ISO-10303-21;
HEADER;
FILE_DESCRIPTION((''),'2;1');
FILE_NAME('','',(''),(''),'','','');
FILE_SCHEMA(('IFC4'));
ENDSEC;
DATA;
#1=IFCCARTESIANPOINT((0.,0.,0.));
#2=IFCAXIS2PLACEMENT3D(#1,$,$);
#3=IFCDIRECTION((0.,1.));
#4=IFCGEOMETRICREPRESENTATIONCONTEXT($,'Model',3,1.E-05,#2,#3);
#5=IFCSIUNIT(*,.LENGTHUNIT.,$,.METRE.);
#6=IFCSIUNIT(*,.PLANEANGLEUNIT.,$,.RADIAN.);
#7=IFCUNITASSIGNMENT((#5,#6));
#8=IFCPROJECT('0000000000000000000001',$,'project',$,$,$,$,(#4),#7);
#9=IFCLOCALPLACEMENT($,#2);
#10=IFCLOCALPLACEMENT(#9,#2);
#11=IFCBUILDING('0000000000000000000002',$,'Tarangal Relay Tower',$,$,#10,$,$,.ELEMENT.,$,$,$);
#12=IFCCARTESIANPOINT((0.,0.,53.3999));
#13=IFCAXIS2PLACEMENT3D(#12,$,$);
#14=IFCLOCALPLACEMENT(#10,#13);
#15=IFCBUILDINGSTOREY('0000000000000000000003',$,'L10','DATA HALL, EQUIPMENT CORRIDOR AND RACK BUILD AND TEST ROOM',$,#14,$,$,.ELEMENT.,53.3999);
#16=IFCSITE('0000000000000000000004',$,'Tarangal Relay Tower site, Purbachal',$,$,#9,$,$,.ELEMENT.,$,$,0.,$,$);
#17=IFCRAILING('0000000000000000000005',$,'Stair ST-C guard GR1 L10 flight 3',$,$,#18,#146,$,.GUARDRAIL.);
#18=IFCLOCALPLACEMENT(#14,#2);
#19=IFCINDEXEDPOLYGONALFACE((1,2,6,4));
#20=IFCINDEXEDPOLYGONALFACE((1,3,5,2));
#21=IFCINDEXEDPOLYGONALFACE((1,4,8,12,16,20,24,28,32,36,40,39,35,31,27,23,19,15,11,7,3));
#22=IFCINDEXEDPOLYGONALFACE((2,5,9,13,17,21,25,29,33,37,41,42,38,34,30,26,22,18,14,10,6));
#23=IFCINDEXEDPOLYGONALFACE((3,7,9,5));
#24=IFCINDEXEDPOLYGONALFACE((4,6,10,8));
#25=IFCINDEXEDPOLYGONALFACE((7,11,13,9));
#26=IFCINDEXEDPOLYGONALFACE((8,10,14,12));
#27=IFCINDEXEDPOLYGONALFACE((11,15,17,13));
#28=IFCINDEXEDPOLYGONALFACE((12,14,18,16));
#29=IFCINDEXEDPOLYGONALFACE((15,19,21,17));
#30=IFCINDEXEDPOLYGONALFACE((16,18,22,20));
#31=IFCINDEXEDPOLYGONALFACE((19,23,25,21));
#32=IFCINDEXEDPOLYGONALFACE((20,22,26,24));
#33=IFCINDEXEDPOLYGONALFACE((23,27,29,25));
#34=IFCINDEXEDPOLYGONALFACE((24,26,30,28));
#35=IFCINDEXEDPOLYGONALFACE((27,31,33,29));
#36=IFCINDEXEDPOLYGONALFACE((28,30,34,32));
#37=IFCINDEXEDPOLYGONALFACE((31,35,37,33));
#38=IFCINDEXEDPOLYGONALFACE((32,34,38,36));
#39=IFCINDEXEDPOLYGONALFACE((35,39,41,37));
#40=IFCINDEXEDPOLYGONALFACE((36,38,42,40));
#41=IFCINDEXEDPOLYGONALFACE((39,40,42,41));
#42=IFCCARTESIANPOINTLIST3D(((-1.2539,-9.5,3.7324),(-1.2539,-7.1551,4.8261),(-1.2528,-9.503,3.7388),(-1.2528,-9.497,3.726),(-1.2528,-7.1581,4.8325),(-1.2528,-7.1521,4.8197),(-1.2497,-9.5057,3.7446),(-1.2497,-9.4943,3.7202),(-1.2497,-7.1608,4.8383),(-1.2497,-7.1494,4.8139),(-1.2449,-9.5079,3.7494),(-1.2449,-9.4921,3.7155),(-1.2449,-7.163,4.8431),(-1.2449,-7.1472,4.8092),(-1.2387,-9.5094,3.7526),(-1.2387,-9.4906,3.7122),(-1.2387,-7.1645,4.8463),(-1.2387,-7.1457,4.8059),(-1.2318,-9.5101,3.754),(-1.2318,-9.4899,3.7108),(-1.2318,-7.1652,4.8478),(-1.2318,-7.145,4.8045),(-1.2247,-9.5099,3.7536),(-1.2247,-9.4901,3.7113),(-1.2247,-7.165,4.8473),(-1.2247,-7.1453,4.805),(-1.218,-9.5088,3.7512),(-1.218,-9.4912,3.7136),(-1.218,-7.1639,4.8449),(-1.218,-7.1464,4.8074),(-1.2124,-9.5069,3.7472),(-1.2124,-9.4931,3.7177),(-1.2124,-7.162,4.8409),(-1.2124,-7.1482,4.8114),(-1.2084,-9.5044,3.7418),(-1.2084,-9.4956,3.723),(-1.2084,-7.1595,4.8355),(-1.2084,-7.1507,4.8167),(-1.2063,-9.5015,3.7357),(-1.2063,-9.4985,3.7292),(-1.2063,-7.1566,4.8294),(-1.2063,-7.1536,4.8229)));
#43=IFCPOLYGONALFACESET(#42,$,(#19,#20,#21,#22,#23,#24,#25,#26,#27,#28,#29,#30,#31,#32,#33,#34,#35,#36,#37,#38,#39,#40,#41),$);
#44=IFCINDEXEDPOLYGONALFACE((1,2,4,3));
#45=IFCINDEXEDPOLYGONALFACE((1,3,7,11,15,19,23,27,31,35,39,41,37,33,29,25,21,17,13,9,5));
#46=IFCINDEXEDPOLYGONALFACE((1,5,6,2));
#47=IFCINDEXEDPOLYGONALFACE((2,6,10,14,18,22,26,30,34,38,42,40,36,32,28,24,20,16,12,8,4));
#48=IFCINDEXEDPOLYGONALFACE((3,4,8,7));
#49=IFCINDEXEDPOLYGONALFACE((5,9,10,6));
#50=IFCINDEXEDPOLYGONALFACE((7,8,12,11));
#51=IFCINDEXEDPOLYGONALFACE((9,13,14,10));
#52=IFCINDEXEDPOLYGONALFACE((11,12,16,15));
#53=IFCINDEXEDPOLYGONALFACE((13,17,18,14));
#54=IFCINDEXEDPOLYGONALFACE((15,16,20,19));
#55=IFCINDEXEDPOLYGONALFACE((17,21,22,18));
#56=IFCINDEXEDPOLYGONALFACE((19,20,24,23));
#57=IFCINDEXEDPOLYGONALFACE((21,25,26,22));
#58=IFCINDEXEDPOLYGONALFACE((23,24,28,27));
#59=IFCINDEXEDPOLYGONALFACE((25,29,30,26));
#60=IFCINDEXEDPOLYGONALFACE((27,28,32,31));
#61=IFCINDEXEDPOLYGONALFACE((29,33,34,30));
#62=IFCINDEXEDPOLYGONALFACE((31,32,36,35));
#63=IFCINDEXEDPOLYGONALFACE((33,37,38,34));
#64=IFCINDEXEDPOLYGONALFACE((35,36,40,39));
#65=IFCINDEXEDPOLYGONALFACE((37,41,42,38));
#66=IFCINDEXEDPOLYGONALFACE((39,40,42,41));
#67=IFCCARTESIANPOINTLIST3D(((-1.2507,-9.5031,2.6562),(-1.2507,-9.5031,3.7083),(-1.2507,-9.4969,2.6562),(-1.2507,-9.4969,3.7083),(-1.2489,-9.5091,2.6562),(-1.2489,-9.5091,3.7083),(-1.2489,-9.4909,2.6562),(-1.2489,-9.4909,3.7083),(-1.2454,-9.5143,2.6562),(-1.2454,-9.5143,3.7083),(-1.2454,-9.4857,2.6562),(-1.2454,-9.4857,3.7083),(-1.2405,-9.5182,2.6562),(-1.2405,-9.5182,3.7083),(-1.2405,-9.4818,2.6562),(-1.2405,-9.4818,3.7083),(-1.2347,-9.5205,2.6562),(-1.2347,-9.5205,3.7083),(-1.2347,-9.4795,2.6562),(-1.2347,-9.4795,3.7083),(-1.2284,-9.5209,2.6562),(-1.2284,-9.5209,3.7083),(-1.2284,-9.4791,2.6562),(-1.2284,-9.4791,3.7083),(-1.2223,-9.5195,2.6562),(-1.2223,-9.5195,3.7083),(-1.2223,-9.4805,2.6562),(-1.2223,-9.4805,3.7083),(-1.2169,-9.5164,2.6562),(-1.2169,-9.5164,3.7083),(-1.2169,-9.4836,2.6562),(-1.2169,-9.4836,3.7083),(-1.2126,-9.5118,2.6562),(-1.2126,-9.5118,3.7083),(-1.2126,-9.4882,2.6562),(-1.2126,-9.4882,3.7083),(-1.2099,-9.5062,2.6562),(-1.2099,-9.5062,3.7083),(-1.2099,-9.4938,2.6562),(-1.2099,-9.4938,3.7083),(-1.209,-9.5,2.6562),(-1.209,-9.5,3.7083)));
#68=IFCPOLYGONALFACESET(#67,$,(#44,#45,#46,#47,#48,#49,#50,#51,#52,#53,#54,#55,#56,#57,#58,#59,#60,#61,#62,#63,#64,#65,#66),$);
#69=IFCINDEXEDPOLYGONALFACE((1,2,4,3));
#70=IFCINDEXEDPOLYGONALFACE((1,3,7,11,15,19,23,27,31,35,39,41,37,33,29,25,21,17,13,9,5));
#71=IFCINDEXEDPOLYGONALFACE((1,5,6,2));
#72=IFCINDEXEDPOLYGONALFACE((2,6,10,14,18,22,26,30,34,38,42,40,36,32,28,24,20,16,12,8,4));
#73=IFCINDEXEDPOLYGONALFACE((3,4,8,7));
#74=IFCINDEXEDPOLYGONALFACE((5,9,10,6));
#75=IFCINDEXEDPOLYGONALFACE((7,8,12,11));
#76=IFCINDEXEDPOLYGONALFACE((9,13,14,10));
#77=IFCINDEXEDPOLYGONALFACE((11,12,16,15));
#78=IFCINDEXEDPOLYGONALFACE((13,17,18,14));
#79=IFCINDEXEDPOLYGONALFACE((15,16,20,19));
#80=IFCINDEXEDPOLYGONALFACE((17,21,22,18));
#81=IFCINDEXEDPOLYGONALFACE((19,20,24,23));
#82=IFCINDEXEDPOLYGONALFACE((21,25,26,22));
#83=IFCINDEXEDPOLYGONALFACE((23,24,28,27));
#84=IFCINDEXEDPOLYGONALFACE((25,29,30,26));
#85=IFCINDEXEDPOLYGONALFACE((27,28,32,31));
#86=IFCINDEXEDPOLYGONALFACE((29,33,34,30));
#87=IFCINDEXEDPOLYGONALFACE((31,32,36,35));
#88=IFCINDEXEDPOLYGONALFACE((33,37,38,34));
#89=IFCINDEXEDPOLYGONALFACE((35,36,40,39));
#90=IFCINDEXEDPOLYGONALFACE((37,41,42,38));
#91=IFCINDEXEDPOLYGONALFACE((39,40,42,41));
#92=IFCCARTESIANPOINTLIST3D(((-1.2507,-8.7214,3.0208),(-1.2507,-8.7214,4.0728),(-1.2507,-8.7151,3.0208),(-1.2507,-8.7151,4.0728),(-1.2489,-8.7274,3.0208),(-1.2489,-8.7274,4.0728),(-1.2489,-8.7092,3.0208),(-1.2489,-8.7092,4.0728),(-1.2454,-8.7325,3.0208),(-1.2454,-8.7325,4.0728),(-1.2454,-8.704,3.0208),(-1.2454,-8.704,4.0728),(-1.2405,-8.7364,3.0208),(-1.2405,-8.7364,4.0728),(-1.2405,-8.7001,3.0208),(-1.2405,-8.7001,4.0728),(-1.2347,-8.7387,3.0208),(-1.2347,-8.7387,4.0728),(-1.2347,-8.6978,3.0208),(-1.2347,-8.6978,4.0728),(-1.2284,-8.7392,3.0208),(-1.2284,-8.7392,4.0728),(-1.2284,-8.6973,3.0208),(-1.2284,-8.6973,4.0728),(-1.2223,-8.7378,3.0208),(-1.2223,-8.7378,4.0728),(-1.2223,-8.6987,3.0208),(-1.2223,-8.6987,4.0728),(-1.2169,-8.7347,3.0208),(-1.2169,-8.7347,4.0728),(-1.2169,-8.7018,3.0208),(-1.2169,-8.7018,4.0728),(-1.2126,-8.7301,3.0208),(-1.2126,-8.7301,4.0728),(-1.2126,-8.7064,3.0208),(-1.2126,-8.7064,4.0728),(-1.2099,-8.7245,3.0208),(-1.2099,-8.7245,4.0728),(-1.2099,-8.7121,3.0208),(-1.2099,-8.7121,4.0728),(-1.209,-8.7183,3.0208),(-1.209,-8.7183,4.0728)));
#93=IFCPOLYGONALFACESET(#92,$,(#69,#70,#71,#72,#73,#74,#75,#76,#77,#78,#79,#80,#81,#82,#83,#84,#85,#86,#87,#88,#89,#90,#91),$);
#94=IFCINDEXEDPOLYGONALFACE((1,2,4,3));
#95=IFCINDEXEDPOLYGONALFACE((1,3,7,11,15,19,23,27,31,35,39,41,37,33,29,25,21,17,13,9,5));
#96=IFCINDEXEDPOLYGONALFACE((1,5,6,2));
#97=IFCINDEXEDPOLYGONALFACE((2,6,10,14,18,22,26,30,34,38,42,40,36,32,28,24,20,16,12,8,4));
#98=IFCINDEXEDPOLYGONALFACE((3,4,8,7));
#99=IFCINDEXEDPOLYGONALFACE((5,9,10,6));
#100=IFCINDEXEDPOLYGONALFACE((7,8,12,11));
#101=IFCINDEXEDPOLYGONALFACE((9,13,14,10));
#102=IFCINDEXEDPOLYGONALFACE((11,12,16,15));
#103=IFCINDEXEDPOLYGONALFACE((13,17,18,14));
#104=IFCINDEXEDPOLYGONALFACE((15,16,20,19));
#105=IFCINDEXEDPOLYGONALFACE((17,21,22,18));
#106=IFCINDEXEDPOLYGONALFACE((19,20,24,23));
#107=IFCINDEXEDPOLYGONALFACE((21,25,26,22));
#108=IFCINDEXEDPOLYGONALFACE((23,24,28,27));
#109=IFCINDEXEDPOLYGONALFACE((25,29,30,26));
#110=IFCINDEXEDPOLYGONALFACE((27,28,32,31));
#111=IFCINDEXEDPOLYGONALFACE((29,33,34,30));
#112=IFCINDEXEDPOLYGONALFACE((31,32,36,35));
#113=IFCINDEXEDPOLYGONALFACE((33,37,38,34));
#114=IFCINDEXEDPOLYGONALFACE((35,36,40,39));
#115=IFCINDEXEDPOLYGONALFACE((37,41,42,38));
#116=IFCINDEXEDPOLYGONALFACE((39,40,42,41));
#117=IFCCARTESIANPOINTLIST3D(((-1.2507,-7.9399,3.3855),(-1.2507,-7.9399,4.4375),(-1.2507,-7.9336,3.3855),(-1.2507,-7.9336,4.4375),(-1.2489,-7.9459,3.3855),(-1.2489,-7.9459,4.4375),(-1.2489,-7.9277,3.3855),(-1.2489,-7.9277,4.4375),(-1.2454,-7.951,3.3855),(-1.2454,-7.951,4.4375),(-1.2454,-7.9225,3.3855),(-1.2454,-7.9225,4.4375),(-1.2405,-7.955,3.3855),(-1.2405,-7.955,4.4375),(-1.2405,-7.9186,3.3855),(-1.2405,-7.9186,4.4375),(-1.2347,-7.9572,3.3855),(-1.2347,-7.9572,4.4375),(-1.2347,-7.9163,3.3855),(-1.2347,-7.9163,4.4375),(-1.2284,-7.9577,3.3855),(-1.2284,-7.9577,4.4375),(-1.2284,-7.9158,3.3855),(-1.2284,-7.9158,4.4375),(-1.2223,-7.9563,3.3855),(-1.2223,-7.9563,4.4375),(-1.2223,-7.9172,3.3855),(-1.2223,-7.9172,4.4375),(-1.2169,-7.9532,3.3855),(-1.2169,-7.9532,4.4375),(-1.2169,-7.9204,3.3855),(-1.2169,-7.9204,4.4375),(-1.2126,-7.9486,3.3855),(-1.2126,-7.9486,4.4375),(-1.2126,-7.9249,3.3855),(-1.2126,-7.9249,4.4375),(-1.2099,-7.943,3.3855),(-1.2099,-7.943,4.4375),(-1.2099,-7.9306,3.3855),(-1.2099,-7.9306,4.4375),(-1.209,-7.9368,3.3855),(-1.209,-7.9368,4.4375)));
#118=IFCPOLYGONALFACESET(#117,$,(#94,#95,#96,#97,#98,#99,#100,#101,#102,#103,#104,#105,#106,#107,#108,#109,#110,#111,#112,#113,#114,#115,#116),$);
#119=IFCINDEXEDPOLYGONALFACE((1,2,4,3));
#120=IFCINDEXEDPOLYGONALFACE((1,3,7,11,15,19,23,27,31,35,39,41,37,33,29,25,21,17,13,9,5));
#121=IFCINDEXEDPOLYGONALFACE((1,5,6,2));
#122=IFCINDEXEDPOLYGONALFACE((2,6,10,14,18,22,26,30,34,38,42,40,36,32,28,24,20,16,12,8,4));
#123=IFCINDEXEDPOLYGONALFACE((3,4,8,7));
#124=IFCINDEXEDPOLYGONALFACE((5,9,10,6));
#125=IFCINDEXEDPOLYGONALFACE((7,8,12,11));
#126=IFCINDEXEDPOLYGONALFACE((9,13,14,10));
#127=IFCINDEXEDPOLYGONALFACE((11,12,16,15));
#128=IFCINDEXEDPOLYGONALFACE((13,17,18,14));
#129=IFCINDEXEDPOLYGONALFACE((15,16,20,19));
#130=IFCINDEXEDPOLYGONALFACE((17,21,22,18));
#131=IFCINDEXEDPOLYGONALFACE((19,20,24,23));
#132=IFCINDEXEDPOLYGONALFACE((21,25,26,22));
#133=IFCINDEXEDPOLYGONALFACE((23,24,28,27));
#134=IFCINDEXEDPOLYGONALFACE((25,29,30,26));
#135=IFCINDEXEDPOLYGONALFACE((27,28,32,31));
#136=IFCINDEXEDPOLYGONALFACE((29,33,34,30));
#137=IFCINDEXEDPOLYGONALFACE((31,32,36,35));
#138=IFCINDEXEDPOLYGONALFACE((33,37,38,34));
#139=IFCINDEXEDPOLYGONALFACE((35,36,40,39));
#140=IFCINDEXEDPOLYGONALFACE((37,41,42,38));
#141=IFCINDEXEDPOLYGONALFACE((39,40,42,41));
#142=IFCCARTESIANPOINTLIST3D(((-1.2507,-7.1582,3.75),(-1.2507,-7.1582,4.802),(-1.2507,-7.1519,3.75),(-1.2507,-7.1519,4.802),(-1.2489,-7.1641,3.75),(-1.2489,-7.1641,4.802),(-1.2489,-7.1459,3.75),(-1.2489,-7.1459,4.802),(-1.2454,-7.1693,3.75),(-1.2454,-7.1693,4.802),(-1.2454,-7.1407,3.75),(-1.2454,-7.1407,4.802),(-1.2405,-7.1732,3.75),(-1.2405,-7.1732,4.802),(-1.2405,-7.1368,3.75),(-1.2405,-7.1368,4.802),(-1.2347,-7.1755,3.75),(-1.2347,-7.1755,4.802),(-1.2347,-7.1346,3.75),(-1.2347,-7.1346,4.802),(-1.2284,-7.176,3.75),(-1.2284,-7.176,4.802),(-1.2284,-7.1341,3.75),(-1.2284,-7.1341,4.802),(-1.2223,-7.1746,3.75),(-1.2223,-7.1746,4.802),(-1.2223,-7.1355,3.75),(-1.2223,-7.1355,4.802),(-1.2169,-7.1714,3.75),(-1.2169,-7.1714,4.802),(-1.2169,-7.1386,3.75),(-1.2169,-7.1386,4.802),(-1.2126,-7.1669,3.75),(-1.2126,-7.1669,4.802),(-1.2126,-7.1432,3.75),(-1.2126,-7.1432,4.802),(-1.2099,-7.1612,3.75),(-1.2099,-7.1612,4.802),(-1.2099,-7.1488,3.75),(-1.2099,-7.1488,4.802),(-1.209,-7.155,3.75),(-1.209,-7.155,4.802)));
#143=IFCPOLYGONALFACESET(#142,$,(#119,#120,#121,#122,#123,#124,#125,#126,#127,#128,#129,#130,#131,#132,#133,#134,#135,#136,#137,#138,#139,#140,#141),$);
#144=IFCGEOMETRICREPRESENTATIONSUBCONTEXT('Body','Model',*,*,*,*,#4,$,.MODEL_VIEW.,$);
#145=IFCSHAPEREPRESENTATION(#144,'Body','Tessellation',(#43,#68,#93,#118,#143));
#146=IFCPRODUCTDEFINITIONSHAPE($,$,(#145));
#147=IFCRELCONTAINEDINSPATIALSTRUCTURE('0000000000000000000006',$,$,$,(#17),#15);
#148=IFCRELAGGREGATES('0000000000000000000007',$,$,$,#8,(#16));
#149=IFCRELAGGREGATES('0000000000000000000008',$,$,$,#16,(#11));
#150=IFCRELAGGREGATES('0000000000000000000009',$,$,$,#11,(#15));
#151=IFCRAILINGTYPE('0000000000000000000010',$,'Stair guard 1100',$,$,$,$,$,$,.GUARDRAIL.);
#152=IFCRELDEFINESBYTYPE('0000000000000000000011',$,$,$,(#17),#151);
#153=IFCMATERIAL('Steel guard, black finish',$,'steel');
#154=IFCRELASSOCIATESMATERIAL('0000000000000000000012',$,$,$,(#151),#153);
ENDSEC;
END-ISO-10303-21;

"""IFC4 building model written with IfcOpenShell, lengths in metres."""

from ifc_helpers import new_model, si_unit, direction, frame, origin, origin_2d, place, context, subcontext, project, spatial, circle, extrude, material, type_object, element, save


model = new_model("IFC4")

# Units and contexts
model_context = context("Model", 3, precision=1e-05, world=origin(), true_north=direction((0.0, 1.0)))
body_context = subcontext(model_context, "Body", "Model", "MODEL_VIEW")
ifc_project = project(units=[si_unit("LENGTHUNIT", "METRE"), si_unit("PLANEANGLEUNIT", "RADIAN")], contexts=[model_context])

# Site, building, storey
site_placement = place(None, origin())
site = spatial("IfcSite", under=ifc_project, at=site_placement, Name="Tarangal Relay Tower site, Purbachal", CompositionType="ELEMENT", RefElevation=0.0)
building_placement = place(site_placement, origin())
building = spatial("IfcBuilding", under=site, at=building_placement, Name="Tarangal Relay Tower", CompositionType="ELEMENT")
storey_placement = place(building_placement, frame((0.0, 0.0, 53.3999)))
storey = spatial("IfcBuildingStorey", under=building, at=storey_placement, Name="L10", Description="DATA HALL, EQUIPMENT CORRIDOR AND RACK BUILD AND TEST ROOM", CompositionType="ELEMENT", Elevation=53.3999)

# Railing
ifc_material_1 = material(Name="Steel guard, black finish", Category="steel")
railing_type_1 = type_object("IfcRailingType", Name="Stair guard 1100", PredefinedType="GUARDRAIL", material=ifc_material_1)
for number, where, name in (
    (1, (-1.23, -9.5, 2.6562), "Stair ST-C guard GR1 L10 flight 3"),
):
    element("IfcRailing", number, at=place(storey_placement, frame(where)), inside=storey, type_object=railing_type_1, Name=name, PredefinedType="GUARDRAIL", context=body_context, shape_type="SweptSolid", body=[
        extrude(circle(Radius=0.0239, at=origin_2d()), frame((0.0, 0.0, 1.0762), z_axis=(0.0, 0.906267, 0.422705), x_axis=(-1.0, 0.0, 0.0)), (0.0, 0.0, 1.0), 2.5874),
        extrude(circle(Radius=0.021, at=origin_2d()), origin(), (0.0, 0.0, 1.0), 1.052),
        extrude(circle(Radius=0.021, at=origin_2d()), frame((0.0, 0.7817, 0.3645)), (0.0, 0.0, 1.0), 1.052),
        extrude(circle(Radius=0.021, at=origin_2d()), frame((0.0, 1.5632, 0.7292)), (0.0, 0.0, 1.0), 1.052),
        extrude(circle(Radius=0.021, at=origin_2d()), frame((0.0, 2.345, 1.0938)), (0.0, 0.0, 1.0), 1.052),
    ])

save(model, "model.ifc")
